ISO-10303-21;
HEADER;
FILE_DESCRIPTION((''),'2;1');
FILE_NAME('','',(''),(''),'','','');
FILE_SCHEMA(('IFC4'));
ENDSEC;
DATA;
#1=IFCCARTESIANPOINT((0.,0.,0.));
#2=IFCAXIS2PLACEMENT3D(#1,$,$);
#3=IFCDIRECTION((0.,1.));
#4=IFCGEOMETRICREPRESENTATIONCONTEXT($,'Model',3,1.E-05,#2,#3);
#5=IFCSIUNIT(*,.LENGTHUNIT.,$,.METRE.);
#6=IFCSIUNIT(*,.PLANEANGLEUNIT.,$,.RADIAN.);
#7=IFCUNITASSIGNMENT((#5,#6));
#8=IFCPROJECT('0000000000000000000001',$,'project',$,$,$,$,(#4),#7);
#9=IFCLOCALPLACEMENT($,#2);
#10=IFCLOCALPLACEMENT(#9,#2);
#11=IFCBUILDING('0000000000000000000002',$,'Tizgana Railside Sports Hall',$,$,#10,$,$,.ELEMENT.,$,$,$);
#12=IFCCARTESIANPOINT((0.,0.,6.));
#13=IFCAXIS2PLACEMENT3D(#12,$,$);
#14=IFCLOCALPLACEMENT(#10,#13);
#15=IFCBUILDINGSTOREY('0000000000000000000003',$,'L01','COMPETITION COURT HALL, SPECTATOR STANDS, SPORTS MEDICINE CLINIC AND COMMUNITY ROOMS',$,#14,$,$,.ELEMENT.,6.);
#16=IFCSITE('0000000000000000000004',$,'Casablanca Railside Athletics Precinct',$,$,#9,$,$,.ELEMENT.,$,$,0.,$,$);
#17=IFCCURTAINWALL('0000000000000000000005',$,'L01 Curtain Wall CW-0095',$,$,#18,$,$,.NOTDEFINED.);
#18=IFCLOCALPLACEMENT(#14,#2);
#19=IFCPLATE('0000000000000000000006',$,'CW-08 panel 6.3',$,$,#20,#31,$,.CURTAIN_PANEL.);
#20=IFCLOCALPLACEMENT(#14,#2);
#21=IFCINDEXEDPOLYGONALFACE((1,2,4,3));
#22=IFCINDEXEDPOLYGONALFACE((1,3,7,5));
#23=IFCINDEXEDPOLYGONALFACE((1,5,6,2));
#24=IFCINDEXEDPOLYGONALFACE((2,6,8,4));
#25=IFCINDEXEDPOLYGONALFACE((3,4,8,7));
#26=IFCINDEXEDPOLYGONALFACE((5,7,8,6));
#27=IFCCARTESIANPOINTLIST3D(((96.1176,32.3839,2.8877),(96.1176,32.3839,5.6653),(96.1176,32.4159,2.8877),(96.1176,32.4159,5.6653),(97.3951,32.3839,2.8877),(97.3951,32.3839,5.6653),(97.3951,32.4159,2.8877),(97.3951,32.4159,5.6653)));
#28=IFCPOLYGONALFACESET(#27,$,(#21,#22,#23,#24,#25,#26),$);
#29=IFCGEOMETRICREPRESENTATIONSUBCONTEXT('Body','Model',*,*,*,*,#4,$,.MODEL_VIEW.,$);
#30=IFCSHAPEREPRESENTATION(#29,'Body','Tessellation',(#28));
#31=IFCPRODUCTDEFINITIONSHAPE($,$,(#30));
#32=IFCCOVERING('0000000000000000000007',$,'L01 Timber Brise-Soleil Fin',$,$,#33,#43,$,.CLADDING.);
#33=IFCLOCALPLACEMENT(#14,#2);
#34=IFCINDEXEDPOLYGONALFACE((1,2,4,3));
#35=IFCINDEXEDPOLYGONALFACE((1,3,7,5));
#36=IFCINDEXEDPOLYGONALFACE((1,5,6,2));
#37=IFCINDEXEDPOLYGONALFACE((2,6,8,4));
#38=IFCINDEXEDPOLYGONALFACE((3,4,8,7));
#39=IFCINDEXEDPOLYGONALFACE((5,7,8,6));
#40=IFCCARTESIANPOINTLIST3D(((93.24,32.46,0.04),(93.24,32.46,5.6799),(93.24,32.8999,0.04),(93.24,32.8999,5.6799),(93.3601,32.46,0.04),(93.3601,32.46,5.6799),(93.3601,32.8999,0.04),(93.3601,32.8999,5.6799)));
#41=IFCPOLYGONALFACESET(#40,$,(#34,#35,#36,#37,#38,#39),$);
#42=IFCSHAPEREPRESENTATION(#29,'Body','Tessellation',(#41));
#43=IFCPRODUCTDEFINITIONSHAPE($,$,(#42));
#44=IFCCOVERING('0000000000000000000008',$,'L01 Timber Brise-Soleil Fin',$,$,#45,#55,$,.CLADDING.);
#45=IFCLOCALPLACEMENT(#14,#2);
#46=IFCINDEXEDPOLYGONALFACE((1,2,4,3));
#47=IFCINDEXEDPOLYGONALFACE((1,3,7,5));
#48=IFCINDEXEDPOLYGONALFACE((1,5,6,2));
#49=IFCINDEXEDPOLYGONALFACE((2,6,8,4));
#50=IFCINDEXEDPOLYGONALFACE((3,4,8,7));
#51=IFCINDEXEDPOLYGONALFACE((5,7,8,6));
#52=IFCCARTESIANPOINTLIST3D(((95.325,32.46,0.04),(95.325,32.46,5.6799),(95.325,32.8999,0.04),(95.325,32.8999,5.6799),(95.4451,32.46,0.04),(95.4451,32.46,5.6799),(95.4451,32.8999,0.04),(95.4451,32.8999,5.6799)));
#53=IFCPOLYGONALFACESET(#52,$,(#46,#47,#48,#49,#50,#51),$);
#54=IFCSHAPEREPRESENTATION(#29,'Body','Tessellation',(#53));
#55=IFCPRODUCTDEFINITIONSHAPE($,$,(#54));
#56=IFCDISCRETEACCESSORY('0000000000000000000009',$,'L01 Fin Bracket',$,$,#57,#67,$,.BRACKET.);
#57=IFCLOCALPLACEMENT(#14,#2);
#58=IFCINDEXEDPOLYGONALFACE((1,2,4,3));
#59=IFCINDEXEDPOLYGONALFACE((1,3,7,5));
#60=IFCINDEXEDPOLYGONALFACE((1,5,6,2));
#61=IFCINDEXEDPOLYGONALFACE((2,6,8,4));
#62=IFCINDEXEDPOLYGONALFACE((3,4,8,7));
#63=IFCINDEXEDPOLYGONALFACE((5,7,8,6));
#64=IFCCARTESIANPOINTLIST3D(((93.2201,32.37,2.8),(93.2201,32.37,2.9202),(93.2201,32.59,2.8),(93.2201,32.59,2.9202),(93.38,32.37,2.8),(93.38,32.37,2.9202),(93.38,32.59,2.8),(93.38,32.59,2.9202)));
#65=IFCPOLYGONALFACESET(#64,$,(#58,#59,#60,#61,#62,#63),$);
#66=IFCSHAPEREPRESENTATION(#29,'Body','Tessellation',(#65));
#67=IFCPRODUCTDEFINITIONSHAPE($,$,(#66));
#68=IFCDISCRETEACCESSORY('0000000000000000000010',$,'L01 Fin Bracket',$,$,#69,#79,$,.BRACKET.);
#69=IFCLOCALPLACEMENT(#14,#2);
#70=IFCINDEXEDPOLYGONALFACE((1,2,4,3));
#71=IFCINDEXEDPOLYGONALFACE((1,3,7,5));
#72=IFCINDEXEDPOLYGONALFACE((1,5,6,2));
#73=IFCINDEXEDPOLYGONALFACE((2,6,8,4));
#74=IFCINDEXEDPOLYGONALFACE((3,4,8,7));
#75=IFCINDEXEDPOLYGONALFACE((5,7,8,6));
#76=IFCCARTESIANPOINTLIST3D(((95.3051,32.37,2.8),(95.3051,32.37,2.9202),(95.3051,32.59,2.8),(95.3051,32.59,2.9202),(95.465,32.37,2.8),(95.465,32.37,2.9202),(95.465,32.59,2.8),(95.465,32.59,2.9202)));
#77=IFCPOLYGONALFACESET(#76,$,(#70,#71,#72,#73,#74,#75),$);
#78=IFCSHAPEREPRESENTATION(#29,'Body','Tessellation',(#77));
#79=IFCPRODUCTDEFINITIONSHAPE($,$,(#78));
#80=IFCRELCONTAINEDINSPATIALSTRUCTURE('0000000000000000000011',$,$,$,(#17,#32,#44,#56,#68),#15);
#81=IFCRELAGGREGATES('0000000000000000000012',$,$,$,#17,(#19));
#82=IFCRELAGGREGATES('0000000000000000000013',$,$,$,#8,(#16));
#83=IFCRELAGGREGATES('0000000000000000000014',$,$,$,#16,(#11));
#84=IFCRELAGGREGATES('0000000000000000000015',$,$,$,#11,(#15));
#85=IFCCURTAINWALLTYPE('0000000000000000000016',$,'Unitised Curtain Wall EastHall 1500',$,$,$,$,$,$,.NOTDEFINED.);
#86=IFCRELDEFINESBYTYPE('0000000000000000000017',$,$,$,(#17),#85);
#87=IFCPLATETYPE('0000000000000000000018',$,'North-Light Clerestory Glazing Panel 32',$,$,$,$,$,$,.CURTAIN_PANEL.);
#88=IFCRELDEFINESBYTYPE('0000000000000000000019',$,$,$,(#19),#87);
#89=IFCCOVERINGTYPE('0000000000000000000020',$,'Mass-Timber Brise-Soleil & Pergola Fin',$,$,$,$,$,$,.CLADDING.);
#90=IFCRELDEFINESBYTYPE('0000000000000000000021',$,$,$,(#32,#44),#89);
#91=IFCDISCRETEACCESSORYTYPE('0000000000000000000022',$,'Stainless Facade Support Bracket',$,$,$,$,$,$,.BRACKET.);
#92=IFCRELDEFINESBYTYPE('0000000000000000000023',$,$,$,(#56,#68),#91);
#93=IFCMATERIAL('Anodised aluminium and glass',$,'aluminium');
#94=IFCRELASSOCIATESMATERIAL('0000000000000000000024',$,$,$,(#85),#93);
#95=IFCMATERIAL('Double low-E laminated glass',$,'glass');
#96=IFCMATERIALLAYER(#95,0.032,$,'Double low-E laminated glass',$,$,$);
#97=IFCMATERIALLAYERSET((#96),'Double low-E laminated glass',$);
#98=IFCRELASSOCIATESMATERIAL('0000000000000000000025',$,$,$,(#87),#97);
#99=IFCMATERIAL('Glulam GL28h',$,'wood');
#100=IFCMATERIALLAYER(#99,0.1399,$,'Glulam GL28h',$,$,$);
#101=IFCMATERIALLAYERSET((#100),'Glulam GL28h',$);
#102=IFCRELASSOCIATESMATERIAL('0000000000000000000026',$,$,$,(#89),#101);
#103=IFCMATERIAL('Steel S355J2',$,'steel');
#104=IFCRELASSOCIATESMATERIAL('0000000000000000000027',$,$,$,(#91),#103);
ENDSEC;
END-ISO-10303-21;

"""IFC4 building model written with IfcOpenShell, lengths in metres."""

from ifc_helpers import new_model, si_unit, direction, frame, origin, origin_2d, place, context, subcontext, project, spatial, rectangle, extrude, material, layer, layer_set, type_object, element, aggregate, save


model = new_model("IFC4")

# Units and contexts
model_context = context("Model", 3, precision=1e-05, world=origin(), true_north=direction((0.0, 1.0)))
body_context = subcontext(model_context, "Body", "Model", "MODEL_VIEW")
ifc_project = project(units=[si_unit("LENGTHUNIT", "METRE"), si_unit("PLANEANGLEUNIT", "RADIAN")], contexts=[model_context])

# Site, building, storey
site_placement = place(None, origin())
site = spatial("IfcSite", under=ifc_project, at=site_placement, Name="Casablanca Railside Athletics Precinct", CompositionType="ELEMENT", RefElevation=0.0)
building_placement = place(site_placement, origin())
building = spatial("IfcBuilding", under=site, at=building_placement, Name="Tizgana Railside Sports Hall", CompositionType="ELEMENT")
storey_placement = place(building_placement, frame((0.0, 0.0, 6.0)))
storey = spatial("IfcBuildingStorey", under=building, at=storey_placement, Name="L01", Description="COMPETITION COURT HALL, SPECTATOR STANDS, SPORTS MEDICINE CLINIC AND COMMUNITY ROOMS", CompositionType="ELEMENT", Elevation=6.0)

# Curtain wall, plate
ifc_material_1 = material(Name="Anodised aluminium and glass", Category="aluminium")
curtain_wall_type = type_object("IfcCurtainWallType", Name="Unitised Curtain Wall EastHall 1500", PredefinedType="NOTDEFINED", material=ifc_material_1)
curtain_wall_placement = place(storey_placement, origin())
curtain_wall = element("IfcCurtainWall", 1, at=curtain_wall_placement, inside=storey, type_object=curtain_wall_type, Name="L01 Curtain Wall CW-0095", PredefinedType="NOTDEFINED")
ifc_material_2 = material(Name="Double low-E laminated glass", Category="glass")
ifc_layer_1 = layer(ifc_material_2, 0.032, Name="Double low-E laminated glass")
ifc_layer_set_1 = layer_set([ifc_layer_1], Name="Double low-E laminated glass")
plate_type = type_object("IfcPlateType", Name="North-Light Clerestory Glazing Panel 32", PredefinedType="CURTAIN_PANEL", material=ifc_layer_set_1)
plate_1_placement = place(storey_placement, frame((96.7563, 32.3999, 2.8877), z_axis=(0.0, 0.0, 1.0), x_axis=(1.0, 0.0, 0.0)))
plate_1 = element("IfcPlate", 2, at=plate_1_placement, type_object=plate_type, Name="CW-08 panel 6.3", PredefinedType="CURTAIN_PANEL", context=body_context, shape_type="SweptSolid", body=[
    extrude(rectangle(XDim=1.2776, YDim=0.032, at=origin_2d()), origin(), (0.0, 0.0, 1.0), 2.7776),
])
aggregate(curtain_wall, [plate_1])

# Coverings
ifc_material_3 = material(Name="Glulam GL28h", Category="wood")
ifc_layer_2 = layer(ifc_material_3, 0.1399, Name="Glulam GL28h")
ifc_layer_set_2 = layer_set([ifc_layer_2], Name="Glulam GL28h")
covering_type = type_object("IfcCoveringType", Name="Mass-Timber Brise-Soleil & Pergola Fin", PredefinedType="CLADDING", material=ifc_layer_set_2)
for number, where, z_axis, x_axis, name in (
    (3, (93.3, 32.6799, 0.04), (0.0, 0.0, 1.0), (1.0, 0.0, 0.0), "L01 Timber Brise-Soleil Fin"),
    (4, (95.385, 32.6799, 0.04), (0.0, 0.0, 1.0), (1.0, 0.0, 0.0), "L01 Timber Brise-Soleil Fin"),
):
    element("IfcCovering", number, at=place(storey_placement, frame(where, z_axis=z_axis, x_axis=x_axis)), inside=storey, type_object=covering_type, Name=name, PredefinedType="CLADDING", context=body_context, shape_type="SweptSolid", body=[
        extrude(rectangle(XDim=0.1201, YDim=0.4399, at=origin_2d()), origin(), (0.0, 0.0, 1.0), 5.6399),
    ])

# Discrete accessories
ifc_material_4 = material(Name="Steel S355J2", Category="steel")
discrete_accessory_type = type_object("IfcDiscreteAccessoryType", Name="Stainless Facade Support Bracket", PredefinedType="BRACKET", material=ifc_material_4)
for number, where, z_axis, x_axis, name in (
    (5, (93.3, 32.48, 2.8), (0.0, 0.0, 1.0), (1.0, 0.0, 0.0), "L01 Fin Bracket"),
    (6, (95.385, 32.48, 2.8), (0.0, 0.0, 1.0), (1.0, 0.0, 0.0), "L01 Fin Bracket"),
):
    element("IfcDiscreteAccessory", number, at=place(storey_placement, frame(where, z_axis=z_axis, x_axis=x_axis)), inside=storey, type_object=discrete_accessory_type, Name=name, PredefinedType="BRACKET", context=body_context, shape_type="SweptSolid", body=[
        extrude(rectangle(XDim=0.1599, YDim=0.22, at=origin_2d()), origin(), (0.0, 0.0, 1.0), 0.1201),
    ])

save(model, "model.ifc")
